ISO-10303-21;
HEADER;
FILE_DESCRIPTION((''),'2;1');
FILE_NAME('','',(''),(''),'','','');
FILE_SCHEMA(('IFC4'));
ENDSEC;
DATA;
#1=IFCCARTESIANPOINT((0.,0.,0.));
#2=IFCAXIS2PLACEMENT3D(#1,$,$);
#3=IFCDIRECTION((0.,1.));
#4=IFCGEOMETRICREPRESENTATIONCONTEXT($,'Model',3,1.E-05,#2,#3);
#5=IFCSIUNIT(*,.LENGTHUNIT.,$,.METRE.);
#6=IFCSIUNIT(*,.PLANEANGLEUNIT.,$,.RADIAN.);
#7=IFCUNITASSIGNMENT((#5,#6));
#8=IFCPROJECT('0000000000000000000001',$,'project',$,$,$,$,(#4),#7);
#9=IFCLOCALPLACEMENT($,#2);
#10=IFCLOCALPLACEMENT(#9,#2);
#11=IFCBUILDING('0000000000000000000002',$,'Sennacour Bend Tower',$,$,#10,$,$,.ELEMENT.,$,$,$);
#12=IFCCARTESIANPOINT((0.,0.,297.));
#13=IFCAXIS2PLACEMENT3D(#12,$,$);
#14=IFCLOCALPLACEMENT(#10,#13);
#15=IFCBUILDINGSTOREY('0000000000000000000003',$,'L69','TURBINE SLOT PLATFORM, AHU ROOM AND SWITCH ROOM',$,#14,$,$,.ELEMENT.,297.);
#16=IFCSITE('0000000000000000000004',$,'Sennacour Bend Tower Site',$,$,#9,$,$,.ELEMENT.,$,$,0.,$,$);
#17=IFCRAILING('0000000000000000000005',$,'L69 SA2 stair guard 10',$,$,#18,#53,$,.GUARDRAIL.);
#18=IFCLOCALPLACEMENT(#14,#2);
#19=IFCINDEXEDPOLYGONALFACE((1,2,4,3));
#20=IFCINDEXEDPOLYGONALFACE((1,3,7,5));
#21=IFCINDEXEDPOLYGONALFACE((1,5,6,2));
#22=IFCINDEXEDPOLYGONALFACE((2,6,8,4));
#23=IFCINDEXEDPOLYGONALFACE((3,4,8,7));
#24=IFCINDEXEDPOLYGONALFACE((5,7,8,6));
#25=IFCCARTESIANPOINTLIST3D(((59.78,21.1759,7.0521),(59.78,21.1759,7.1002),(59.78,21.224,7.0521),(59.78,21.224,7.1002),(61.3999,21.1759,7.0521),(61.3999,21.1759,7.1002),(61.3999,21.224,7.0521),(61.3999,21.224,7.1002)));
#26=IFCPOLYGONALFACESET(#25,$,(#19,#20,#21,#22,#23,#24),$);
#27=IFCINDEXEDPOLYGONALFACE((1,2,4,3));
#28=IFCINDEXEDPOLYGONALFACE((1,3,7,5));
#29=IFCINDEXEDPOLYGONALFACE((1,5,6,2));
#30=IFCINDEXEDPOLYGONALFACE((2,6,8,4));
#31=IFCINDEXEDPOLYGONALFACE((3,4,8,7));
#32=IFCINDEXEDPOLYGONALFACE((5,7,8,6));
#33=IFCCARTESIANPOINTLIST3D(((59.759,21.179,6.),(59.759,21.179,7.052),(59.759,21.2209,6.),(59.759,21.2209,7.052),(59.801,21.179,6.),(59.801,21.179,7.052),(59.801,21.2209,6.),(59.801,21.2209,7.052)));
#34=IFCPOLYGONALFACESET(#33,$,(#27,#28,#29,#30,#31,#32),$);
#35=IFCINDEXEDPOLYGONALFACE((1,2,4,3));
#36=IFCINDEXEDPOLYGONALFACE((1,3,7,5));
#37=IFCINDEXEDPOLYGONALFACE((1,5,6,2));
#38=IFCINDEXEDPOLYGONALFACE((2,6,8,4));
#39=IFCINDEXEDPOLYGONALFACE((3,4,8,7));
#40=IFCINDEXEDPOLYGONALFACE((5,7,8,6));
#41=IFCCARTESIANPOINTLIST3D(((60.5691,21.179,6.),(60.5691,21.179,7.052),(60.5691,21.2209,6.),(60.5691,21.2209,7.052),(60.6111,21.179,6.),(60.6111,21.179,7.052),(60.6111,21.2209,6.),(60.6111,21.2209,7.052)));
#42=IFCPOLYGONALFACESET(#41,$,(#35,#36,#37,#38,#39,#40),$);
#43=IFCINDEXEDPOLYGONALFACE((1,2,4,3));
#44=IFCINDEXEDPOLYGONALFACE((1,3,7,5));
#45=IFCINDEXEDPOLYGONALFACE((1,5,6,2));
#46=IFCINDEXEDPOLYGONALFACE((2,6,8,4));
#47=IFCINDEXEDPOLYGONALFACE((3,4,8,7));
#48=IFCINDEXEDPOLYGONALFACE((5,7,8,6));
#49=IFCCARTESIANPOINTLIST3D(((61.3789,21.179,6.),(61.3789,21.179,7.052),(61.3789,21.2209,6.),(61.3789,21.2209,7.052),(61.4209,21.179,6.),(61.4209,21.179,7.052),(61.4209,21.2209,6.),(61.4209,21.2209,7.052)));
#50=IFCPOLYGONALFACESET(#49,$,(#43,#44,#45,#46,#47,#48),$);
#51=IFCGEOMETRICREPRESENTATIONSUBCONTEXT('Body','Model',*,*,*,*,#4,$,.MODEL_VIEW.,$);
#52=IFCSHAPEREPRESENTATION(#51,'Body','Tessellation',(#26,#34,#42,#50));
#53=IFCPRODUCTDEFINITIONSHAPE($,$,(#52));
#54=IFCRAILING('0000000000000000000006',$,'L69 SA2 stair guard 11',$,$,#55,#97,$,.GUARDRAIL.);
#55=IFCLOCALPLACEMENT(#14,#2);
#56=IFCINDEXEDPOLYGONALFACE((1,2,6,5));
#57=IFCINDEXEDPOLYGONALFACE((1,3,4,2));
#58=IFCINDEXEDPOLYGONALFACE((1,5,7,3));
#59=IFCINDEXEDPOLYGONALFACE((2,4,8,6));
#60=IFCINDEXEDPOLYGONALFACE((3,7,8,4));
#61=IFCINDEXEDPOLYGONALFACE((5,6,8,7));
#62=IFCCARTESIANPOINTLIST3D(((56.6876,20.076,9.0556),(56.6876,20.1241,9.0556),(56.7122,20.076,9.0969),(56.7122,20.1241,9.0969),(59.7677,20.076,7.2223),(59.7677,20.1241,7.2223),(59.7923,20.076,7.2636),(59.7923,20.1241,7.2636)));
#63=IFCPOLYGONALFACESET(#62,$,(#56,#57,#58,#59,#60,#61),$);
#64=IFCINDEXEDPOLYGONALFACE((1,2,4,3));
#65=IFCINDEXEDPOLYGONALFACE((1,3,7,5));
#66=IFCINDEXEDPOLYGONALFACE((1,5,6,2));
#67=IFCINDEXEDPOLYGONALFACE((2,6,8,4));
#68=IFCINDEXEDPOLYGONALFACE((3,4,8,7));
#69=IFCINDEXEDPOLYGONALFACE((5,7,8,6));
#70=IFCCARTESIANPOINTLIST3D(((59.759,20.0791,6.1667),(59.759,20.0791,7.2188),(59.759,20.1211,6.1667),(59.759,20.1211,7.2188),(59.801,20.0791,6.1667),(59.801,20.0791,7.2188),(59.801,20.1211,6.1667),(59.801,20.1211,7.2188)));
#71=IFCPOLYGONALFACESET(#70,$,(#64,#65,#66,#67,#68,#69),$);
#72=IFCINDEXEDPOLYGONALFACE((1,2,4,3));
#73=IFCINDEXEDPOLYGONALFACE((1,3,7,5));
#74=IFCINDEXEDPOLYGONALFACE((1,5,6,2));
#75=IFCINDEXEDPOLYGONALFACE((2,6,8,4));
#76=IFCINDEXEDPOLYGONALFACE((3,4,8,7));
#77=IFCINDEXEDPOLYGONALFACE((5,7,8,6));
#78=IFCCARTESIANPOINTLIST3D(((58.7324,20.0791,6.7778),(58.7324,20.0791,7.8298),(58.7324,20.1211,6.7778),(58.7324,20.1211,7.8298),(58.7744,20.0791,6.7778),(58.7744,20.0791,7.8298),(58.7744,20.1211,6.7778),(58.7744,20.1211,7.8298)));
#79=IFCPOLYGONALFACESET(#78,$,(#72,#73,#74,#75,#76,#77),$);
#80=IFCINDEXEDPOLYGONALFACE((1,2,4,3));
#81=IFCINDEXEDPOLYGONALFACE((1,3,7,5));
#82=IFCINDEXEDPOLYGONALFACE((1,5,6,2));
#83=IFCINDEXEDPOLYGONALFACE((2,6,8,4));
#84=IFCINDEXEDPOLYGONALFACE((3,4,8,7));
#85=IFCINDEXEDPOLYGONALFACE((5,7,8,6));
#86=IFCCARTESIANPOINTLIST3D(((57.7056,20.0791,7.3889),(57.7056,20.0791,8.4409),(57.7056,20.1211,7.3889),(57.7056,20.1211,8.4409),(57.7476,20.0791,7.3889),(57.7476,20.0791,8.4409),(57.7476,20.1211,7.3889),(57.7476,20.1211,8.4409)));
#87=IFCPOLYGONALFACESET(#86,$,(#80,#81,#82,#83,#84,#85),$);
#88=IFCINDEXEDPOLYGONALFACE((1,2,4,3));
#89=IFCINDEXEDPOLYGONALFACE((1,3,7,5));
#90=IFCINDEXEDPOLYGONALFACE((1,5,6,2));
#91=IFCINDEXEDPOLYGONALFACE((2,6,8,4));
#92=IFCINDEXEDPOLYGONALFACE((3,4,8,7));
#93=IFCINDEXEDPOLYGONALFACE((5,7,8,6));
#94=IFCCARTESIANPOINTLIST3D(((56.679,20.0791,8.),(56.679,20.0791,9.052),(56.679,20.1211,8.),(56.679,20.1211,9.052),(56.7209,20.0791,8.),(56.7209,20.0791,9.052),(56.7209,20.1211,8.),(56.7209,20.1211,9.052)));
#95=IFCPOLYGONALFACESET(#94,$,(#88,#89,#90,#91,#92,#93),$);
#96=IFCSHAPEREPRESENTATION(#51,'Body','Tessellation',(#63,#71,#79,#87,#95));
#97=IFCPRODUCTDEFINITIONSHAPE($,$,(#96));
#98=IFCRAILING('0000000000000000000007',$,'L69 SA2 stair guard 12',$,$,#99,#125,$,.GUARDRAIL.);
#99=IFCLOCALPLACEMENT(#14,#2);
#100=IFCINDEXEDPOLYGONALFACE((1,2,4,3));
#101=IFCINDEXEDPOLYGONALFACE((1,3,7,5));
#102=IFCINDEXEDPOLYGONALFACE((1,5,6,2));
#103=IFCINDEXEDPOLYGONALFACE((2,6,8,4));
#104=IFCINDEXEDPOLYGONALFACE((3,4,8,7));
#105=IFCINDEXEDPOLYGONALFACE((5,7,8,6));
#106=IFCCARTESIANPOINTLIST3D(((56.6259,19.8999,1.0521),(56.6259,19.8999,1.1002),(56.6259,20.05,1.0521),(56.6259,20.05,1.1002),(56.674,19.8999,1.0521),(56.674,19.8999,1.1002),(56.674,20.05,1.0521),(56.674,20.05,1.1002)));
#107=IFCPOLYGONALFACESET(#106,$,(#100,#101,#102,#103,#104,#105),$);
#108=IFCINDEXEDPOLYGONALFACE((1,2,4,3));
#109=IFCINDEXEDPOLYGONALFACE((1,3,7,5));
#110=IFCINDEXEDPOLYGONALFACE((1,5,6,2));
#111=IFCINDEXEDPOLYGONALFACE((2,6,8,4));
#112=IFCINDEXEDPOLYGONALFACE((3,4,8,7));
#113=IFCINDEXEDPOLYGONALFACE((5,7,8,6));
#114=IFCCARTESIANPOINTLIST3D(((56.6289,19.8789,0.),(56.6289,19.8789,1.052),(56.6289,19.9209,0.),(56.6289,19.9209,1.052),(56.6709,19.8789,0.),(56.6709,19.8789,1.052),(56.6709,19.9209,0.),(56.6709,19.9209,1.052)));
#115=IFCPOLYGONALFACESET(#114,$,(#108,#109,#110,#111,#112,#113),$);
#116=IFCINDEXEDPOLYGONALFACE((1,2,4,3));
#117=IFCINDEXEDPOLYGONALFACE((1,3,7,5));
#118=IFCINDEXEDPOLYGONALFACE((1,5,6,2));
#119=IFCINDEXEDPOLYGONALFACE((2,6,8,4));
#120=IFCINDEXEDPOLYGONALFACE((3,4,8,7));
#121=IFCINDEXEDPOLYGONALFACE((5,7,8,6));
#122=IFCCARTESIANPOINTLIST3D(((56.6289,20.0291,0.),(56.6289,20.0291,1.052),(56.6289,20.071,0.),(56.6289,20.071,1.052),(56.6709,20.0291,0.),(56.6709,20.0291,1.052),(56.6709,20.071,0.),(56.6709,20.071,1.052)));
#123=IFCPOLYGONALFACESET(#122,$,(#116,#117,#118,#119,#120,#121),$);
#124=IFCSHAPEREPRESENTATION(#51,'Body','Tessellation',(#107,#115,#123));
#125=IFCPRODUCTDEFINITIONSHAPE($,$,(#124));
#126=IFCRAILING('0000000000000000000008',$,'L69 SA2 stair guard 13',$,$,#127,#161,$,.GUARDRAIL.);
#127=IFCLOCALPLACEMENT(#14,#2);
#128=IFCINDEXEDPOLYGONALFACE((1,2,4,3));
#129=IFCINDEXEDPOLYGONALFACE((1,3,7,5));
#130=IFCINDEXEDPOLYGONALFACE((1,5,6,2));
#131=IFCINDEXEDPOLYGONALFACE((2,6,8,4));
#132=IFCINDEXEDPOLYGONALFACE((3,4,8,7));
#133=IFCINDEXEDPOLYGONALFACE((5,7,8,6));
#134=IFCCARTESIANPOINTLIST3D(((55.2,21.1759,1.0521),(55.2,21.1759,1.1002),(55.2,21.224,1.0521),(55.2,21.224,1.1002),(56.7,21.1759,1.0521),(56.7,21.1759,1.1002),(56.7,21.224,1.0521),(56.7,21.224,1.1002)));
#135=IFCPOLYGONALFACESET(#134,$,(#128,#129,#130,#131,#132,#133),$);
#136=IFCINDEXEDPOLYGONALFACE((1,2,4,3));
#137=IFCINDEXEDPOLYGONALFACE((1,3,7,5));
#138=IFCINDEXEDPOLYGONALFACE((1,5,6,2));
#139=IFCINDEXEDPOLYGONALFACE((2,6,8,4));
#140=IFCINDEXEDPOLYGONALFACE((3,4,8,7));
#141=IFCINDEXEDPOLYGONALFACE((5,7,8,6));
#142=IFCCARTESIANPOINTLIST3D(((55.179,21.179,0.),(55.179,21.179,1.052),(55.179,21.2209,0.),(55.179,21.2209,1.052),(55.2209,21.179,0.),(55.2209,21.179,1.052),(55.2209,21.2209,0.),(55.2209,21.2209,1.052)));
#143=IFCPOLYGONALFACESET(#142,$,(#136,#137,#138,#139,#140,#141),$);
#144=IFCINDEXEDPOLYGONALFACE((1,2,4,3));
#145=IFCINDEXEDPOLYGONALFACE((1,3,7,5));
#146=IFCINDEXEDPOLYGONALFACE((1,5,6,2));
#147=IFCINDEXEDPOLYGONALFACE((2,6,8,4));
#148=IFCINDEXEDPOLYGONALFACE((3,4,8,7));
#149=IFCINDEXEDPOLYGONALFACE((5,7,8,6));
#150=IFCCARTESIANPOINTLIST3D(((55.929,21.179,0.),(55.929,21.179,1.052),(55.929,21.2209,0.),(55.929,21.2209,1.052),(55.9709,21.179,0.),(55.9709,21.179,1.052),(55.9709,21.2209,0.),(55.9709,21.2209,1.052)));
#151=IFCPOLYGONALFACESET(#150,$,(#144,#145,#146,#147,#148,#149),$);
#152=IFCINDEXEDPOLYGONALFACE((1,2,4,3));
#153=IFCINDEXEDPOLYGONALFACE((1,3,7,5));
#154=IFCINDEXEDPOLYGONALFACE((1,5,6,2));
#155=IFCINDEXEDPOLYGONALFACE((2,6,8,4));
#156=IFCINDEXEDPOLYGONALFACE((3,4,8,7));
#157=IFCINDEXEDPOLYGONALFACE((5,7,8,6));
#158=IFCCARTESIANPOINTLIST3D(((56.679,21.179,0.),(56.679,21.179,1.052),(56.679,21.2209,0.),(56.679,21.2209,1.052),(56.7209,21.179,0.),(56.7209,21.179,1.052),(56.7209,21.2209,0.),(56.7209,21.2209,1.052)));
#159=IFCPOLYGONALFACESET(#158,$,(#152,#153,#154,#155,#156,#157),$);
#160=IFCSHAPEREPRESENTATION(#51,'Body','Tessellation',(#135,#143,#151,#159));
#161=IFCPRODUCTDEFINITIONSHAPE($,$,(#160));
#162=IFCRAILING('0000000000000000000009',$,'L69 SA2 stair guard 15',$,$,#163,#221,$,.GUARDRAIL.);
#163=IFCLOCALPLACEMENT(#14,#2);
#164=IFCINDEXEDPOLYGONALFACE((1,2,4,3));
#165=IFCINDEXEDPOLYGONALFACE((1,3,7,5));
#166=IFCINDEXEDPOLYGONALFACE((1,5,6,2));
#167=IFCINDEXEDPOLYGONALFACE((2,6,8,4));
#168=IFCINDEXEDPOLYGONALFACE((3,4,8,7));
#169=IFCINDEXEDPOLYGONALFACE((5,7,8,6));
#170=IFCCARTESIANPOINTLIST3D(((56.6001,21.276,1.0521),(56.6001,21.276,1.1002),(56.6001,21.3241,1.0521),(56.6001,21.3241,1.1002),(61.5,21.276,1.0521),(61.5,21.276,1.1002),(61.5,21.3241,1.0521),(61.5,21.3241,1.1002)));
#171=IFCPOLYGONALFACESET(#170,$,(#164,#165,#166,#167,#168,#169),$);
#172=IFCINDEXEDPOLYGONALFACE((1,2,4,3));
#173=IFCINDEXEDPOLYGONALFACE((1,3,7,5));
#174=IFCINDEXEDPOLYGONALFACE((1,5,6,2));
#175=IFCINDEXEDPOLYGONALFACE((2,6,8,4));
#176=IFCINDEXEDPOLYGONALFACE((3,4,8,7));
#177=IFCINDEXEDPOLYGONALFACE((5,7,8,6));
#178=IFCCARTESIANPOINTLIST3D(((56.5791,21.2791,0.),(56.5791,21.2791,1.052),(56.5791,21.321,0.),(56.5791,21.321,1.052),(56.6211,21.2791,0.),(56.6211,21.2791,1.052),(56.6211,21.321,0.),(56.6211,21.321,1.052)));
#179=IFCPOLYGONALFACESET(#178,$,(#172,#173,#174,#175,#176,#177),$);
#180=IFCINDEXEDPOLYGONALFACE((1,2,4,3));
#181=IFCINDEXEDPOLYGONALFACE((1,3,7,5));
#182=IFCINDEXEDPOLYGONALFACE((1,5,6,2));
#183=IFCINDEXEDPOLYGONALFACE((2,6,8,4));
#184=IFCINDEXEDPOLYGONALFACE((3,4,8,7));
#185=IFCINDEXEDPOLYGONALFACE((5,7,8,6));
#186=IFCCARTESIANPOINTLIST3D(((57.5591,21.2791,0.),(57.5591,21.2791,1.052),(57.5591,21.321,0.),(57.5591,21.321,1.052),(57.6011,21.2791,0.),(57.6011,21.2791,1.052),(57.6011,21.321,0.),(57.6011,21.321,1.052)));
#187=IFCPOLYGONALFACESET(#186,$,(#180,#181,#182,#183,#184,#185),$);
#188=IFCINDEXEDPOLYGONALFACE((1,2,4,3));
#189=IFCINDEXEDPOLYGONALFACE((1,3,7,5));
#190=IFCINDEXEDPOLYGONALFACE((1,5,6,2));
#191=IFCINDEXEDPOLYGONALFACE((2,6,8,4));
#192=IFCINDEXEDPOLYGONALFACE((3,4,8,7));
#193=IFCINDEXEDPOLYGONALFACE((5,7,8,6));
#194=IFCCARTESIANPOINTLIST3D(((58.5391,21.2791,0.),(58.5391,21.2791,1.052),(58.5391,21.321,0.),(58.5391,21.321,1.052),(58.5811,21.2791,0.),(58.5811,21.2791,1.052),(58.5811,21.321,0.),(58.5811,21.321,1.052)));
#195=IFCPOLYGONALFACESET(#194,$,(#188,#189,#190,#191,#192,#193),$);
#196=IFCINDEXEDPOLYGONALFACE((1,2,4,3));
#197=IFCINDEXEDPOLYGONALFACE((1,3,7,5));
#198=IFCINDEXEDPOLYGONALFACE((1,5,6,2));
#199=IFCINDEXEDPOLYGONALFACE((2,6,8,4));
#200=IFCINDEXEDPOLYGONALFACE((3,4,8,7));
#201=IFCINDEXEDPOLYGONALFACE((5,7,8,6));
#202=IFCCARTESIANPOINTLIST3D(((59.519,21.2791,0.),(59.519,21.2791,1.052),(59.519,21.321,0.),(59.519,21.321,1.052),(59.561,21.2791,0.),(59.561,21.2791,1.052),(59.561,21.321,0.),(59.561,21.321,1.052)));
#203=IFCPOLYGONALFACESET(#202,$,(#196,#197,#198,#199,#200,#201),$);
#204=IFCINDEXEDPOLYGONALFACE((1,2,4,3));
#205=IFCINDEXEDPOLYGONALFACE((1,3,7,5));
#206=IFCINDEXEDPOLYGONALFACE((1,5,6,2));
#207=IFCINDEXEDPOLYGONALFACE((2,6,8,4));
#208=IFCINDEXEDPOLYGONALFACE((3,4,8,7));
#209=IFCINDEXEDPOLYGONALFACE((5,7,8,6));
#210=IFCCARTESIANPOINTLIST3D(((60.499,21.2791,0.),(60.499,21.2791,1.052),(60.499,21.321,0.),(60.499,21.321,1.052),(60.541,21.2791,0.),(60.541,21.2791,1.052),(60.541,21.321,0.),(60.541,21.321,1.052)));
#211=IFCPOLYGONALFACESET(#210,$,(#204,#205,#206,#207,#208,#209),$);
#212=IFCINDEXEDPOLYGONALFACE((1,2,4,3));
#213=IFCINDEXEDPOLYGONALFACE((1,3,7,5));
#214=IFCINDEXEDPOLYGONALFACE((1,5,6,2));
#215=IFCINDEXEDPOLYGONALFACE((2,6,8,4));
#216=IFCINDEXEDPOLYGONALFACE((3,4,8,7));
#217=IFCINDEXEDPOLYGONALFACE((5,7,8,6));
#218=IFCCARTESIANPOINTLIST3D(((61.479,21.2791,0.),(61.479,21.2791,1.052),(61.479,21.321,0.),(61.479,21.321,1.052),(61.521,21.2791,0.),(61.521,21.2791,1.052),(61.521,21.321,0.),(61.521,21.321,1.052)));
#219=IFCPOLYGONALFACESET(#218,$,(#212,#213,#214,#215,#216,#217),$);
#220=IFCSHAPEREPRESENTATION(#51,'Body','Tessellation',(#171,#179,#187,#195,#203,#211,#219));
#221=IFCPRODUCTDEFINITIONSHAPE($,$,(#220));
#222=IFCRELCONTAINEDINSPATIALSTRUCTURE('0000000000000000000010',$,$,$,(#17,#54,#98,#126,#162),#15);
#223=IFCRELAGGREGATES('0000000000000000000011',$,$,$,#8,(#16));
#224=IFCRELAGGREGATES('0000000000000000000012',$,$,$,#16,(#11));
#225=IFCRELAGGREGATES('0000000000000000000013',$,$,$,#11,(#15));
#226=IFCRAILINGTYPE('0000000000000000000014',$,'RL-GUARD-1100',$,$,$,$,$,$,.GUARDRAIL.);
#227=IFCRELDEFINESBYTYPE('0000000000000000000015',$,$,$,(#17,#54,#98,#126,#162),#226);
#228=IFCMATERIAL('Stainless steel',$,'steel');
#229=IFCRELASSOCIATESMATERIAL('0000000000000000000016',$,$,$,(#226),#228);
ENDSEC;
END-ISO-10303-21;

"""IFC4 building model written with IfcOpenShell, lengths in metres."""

from ifc_helpers import new_model, si_unit, direction, frame, origin, origin_2d, place, context, subcontext, project, spatial, rectangle, extrude, material, type_object, element, save


model = new_model("IFC4")

# Units and contexts
model_context = context("Model", 3, precision=1e-05, world=origin(), true_north=direction((0.0, 1.0)))
body_context = subcontext(model_context, "Body", "Model", "MODEL_VIEW")
ifc_project = project(units=[si_unit("LENGTHUNIT", "METRE"), si_unit("PLANEANGLEUNIT", "RADIAN")], contexts=[model_context])

# Site, building, storey
site_placement = place(None, origin())
site = spatial("IfcSite", under=ifc_project, at=site_placement, Name="Sennacour Bend Tower Site", CompositionType="ELEMENT", RefElevation=0.0)
building_placement = place(site_placement, origin())
building = spatial("IfcBuilding", under=site, at=building_placement, Name="Sennacour Bend Tower", CompositionType="ELEMENT")
storey_placement = place(building_placement, frame((0.0, 0.0, 297.0)))
storey = spatial("IfcBuildingStorey", under=building, at=storey_placement, Name="L69", Description="TURBINE SLOT PLATFORM, AHU ROOM AND SWITCH ROOM", CompositionType="ELEMENT", Elevation=297.0)

# Railings
ifc_material_1 = material(Name="Stainless steel", Category="steel")
railing_type_1 = type_object("IfcRailingType", Name="RL-GUARD-1100", PredefinedType="GUARDRAIL", material=ifc_material_1)
railing_1_placement = place(storey_placement, frame((59.78, 21.2, 6.0)))
element("IfcRailing", 1, at=railing_1_placement, inside=storey, type_object=railing_type_1, Name="L69 SA2 stair guard 10", PredefinedType="GUARDRAIL", context=body_context, shape_type="SweptSolid", body=[
    extrude(rectangle(XDim=0.0481, YDim=0.0481, at=origin_2d()), frame((0.0, 0.0, 1.0762), z_axis=(1.0, 0.0, 0.0), x_axis=(0.0, 1.0, 0.0)), (0.0, 0.0, 1.0), 1.6199),
    extrude(rectangle(XDim=0.042, YDim=0.042, at=origin_2d()), origin(), (0.0, 0.0, 1.0), 1.052),
    extrude(rectangle(XDim=0.042, YDim=0.042, at=origin_2d()), frame((0.8101, 0.0, 0.0)), (0.0, 0.0, 1.0), 1.052),
    extrude(rectangle(XDim=0.042, YDim=0.042, at=origin_2d()), frame((1.6199, 0.0, 0.0)), (0.0, 0.0, 1.0), 1.052),
])
railing_2_placement = place(storey_placement, frame((59.78, 20.1001, 6.1667)))
element("IfcRailing", 2, at=railing_2_placement, inside=storey, type_object=railing_type_1, Name="L69 SA2 stair guard 11", PredefinedType="GUARDRAIL", context=body_context, shape_type="SweptSolid", body=[
    extrude(rectangle(XDim=0.0481, YDim=0.0481, at=origin_2d()), frame((0.0, 0.0, 1.0762), z_axis=(-0.859309, 0.0, 0.511458), x_axis=(0.0, -1.0, 0.0)), (0.0, 0.0, 1.0), 3.5845),
    extrude(rectangle(XDim=0.042, YDim=0.042, at=origin_2d()), origin(), (0.0, 0.0, 1.0), 1.052),
    extrude(rectangle(XDim=0.042, YDim=0.042, at=origin_2d()), frame((-1.0266, 0.0, 0.6111)), (0.0, 0.0, 1.0), 1.052),
    extrude(rectangle(XDim=0.042, YDim=0.042, at=origin_2d()), frame((-2.0535, 0.0, 1.2222)), (0.0, 0.0, 1.0), 1.052),
    extrude(rectangle(XDim=0.042, YDim=0.042, at=origin_2d()), frame((-3.0801, 0.0, 1.8333)), (0.0, 0.0, 1.0), 1.052),
])
railing_3_placement = place(storey_placement, frame((56.6499, 19.8999, 0.0)))
element("IfcRailing", 3, at=railing_3_placement, inside=storey, type_object=railing_type_1, Name="L69 SA2 stair guard 12", PredefinedType="GUARDRAIL", context=body_context, shape_type="SweptSolid", body=[
    extrude(rectangle(XDim=0.0481, YDim=0.0481, at=origin_2d()), frame((0.0, 0.0, 1.0762), z_axis=(0.0, 1.0, 0.0), x_axis=(-1.0, 0.0, 0.0)), (0.0, 0.0, 1.0), 0.1501),
    extrude(rectangle(XDim=0.042, YDim=0.042, at=origin_2d()), origin(), (0.0, 0.0, 1.0), 1.052),
    extrude(rectangle(XDim=0.042, YDim=0.042, at=origin_2d()), frame((0.0, 0.1501, 0.0)), (0.0, 0.0, 1.0), 1.052),
])
railing_4_placement = place(storey_placement, frame((55.2, 21.2, 0.0)))
element("IfcRailing", 4, at=railing_4_placement, inside=storey, type_object=railing_type_1, Name="L69 SA2 stair guard 13", PredefinedType="GUARDRAIL", context=body_context, shape_type="SweptSolid", body=[
    extrude(rectangle(XDim=0.0481, YDim=0.0481, at=origin_2d()), frame((0.0, 0.0, 1.0762), z_axis=(1.0, 0.0, 0.0), x_axis=(0.0, 1.0, 0.0)), (0.0, 0.0, 1.0), 1.5),
    extrude(rectangle(XDim=0.042, YDim=0.042, at=origin_2d()), origin(), (0.0, 0.0, 1.0), 1.052),
    extrude(rectangle(XDim=0.042, YDim=0.042, at=origin_2d()), frame((0.75, 0.0, 0.0)), (0.0, 0.0, 1.0), 1.052),
    extrude(rectangle(XDim=0.042, YDim=0.042, at=origin_2d()), frame((1.5, 0.0, 0.0)), (0.0, 0.0, 1.0), 1.052),
])
railing_5_placement = place(storey_placement, frame((56.6001, 21.3, 0.0)))
element("IfcRailing", 5, at=railing_5_placement, inside=storey, type_object=railing_type_1, Name="L69 SA2 stair guard 15", PredefinedType="GUARDRAIL", context=body_context, shape_type="SweptSolid", body=[
    extrude(rectangle(XDim=0.0481, YDim=0.0481, at=origin_2d()), frame((0.0, 0.0, 1.0762), z_axis=(1.0, 0.0, 0.0), x_axis=(0.0, 1.0, 0.0)), (0.0, 0.0, 1.0), 4.8999),
    extrude(rectangle(XDim=0.042, YDim=0.042, at=origin_2d()), origin(), (0.0, 0.0, 1.0), 1.052),
    extrude(rectangle(XDim=0.042, YDim=0.042, at=origin_2d()), frame((0.98, 0.0, 0.0)), (0.0, 0.0, 1.0), 1.052),
    extrude(rectangle(XDim=0.042, YDim=0.042, at=origin_2d()), frame((1.96, 0.0, 0.0)), (0.0, 0.0, 1.0), 1.052),
    extrude(rectangle(XDim=0.042, YDim=0.042, at=origin_2d()), frame((2.9399, 0.0, 0.0)), (0.0, 0.0, 1.0), 1.052),
    extrude(rectangle(XDim=0.042, YDim=0.042, at=origin_2d()), frame((3.9199, 0.0, 0.0)), (0.0, 0.0, 1.0), 1.052),
    extrude(rectangle(XDim=0.042, YDim=0.042, at=origin_2d()), frame((4.8999, 0.0, 0.0)), (0.0, 0.0, 1.0), 1.052),
])

save(model, "model.ifc")
